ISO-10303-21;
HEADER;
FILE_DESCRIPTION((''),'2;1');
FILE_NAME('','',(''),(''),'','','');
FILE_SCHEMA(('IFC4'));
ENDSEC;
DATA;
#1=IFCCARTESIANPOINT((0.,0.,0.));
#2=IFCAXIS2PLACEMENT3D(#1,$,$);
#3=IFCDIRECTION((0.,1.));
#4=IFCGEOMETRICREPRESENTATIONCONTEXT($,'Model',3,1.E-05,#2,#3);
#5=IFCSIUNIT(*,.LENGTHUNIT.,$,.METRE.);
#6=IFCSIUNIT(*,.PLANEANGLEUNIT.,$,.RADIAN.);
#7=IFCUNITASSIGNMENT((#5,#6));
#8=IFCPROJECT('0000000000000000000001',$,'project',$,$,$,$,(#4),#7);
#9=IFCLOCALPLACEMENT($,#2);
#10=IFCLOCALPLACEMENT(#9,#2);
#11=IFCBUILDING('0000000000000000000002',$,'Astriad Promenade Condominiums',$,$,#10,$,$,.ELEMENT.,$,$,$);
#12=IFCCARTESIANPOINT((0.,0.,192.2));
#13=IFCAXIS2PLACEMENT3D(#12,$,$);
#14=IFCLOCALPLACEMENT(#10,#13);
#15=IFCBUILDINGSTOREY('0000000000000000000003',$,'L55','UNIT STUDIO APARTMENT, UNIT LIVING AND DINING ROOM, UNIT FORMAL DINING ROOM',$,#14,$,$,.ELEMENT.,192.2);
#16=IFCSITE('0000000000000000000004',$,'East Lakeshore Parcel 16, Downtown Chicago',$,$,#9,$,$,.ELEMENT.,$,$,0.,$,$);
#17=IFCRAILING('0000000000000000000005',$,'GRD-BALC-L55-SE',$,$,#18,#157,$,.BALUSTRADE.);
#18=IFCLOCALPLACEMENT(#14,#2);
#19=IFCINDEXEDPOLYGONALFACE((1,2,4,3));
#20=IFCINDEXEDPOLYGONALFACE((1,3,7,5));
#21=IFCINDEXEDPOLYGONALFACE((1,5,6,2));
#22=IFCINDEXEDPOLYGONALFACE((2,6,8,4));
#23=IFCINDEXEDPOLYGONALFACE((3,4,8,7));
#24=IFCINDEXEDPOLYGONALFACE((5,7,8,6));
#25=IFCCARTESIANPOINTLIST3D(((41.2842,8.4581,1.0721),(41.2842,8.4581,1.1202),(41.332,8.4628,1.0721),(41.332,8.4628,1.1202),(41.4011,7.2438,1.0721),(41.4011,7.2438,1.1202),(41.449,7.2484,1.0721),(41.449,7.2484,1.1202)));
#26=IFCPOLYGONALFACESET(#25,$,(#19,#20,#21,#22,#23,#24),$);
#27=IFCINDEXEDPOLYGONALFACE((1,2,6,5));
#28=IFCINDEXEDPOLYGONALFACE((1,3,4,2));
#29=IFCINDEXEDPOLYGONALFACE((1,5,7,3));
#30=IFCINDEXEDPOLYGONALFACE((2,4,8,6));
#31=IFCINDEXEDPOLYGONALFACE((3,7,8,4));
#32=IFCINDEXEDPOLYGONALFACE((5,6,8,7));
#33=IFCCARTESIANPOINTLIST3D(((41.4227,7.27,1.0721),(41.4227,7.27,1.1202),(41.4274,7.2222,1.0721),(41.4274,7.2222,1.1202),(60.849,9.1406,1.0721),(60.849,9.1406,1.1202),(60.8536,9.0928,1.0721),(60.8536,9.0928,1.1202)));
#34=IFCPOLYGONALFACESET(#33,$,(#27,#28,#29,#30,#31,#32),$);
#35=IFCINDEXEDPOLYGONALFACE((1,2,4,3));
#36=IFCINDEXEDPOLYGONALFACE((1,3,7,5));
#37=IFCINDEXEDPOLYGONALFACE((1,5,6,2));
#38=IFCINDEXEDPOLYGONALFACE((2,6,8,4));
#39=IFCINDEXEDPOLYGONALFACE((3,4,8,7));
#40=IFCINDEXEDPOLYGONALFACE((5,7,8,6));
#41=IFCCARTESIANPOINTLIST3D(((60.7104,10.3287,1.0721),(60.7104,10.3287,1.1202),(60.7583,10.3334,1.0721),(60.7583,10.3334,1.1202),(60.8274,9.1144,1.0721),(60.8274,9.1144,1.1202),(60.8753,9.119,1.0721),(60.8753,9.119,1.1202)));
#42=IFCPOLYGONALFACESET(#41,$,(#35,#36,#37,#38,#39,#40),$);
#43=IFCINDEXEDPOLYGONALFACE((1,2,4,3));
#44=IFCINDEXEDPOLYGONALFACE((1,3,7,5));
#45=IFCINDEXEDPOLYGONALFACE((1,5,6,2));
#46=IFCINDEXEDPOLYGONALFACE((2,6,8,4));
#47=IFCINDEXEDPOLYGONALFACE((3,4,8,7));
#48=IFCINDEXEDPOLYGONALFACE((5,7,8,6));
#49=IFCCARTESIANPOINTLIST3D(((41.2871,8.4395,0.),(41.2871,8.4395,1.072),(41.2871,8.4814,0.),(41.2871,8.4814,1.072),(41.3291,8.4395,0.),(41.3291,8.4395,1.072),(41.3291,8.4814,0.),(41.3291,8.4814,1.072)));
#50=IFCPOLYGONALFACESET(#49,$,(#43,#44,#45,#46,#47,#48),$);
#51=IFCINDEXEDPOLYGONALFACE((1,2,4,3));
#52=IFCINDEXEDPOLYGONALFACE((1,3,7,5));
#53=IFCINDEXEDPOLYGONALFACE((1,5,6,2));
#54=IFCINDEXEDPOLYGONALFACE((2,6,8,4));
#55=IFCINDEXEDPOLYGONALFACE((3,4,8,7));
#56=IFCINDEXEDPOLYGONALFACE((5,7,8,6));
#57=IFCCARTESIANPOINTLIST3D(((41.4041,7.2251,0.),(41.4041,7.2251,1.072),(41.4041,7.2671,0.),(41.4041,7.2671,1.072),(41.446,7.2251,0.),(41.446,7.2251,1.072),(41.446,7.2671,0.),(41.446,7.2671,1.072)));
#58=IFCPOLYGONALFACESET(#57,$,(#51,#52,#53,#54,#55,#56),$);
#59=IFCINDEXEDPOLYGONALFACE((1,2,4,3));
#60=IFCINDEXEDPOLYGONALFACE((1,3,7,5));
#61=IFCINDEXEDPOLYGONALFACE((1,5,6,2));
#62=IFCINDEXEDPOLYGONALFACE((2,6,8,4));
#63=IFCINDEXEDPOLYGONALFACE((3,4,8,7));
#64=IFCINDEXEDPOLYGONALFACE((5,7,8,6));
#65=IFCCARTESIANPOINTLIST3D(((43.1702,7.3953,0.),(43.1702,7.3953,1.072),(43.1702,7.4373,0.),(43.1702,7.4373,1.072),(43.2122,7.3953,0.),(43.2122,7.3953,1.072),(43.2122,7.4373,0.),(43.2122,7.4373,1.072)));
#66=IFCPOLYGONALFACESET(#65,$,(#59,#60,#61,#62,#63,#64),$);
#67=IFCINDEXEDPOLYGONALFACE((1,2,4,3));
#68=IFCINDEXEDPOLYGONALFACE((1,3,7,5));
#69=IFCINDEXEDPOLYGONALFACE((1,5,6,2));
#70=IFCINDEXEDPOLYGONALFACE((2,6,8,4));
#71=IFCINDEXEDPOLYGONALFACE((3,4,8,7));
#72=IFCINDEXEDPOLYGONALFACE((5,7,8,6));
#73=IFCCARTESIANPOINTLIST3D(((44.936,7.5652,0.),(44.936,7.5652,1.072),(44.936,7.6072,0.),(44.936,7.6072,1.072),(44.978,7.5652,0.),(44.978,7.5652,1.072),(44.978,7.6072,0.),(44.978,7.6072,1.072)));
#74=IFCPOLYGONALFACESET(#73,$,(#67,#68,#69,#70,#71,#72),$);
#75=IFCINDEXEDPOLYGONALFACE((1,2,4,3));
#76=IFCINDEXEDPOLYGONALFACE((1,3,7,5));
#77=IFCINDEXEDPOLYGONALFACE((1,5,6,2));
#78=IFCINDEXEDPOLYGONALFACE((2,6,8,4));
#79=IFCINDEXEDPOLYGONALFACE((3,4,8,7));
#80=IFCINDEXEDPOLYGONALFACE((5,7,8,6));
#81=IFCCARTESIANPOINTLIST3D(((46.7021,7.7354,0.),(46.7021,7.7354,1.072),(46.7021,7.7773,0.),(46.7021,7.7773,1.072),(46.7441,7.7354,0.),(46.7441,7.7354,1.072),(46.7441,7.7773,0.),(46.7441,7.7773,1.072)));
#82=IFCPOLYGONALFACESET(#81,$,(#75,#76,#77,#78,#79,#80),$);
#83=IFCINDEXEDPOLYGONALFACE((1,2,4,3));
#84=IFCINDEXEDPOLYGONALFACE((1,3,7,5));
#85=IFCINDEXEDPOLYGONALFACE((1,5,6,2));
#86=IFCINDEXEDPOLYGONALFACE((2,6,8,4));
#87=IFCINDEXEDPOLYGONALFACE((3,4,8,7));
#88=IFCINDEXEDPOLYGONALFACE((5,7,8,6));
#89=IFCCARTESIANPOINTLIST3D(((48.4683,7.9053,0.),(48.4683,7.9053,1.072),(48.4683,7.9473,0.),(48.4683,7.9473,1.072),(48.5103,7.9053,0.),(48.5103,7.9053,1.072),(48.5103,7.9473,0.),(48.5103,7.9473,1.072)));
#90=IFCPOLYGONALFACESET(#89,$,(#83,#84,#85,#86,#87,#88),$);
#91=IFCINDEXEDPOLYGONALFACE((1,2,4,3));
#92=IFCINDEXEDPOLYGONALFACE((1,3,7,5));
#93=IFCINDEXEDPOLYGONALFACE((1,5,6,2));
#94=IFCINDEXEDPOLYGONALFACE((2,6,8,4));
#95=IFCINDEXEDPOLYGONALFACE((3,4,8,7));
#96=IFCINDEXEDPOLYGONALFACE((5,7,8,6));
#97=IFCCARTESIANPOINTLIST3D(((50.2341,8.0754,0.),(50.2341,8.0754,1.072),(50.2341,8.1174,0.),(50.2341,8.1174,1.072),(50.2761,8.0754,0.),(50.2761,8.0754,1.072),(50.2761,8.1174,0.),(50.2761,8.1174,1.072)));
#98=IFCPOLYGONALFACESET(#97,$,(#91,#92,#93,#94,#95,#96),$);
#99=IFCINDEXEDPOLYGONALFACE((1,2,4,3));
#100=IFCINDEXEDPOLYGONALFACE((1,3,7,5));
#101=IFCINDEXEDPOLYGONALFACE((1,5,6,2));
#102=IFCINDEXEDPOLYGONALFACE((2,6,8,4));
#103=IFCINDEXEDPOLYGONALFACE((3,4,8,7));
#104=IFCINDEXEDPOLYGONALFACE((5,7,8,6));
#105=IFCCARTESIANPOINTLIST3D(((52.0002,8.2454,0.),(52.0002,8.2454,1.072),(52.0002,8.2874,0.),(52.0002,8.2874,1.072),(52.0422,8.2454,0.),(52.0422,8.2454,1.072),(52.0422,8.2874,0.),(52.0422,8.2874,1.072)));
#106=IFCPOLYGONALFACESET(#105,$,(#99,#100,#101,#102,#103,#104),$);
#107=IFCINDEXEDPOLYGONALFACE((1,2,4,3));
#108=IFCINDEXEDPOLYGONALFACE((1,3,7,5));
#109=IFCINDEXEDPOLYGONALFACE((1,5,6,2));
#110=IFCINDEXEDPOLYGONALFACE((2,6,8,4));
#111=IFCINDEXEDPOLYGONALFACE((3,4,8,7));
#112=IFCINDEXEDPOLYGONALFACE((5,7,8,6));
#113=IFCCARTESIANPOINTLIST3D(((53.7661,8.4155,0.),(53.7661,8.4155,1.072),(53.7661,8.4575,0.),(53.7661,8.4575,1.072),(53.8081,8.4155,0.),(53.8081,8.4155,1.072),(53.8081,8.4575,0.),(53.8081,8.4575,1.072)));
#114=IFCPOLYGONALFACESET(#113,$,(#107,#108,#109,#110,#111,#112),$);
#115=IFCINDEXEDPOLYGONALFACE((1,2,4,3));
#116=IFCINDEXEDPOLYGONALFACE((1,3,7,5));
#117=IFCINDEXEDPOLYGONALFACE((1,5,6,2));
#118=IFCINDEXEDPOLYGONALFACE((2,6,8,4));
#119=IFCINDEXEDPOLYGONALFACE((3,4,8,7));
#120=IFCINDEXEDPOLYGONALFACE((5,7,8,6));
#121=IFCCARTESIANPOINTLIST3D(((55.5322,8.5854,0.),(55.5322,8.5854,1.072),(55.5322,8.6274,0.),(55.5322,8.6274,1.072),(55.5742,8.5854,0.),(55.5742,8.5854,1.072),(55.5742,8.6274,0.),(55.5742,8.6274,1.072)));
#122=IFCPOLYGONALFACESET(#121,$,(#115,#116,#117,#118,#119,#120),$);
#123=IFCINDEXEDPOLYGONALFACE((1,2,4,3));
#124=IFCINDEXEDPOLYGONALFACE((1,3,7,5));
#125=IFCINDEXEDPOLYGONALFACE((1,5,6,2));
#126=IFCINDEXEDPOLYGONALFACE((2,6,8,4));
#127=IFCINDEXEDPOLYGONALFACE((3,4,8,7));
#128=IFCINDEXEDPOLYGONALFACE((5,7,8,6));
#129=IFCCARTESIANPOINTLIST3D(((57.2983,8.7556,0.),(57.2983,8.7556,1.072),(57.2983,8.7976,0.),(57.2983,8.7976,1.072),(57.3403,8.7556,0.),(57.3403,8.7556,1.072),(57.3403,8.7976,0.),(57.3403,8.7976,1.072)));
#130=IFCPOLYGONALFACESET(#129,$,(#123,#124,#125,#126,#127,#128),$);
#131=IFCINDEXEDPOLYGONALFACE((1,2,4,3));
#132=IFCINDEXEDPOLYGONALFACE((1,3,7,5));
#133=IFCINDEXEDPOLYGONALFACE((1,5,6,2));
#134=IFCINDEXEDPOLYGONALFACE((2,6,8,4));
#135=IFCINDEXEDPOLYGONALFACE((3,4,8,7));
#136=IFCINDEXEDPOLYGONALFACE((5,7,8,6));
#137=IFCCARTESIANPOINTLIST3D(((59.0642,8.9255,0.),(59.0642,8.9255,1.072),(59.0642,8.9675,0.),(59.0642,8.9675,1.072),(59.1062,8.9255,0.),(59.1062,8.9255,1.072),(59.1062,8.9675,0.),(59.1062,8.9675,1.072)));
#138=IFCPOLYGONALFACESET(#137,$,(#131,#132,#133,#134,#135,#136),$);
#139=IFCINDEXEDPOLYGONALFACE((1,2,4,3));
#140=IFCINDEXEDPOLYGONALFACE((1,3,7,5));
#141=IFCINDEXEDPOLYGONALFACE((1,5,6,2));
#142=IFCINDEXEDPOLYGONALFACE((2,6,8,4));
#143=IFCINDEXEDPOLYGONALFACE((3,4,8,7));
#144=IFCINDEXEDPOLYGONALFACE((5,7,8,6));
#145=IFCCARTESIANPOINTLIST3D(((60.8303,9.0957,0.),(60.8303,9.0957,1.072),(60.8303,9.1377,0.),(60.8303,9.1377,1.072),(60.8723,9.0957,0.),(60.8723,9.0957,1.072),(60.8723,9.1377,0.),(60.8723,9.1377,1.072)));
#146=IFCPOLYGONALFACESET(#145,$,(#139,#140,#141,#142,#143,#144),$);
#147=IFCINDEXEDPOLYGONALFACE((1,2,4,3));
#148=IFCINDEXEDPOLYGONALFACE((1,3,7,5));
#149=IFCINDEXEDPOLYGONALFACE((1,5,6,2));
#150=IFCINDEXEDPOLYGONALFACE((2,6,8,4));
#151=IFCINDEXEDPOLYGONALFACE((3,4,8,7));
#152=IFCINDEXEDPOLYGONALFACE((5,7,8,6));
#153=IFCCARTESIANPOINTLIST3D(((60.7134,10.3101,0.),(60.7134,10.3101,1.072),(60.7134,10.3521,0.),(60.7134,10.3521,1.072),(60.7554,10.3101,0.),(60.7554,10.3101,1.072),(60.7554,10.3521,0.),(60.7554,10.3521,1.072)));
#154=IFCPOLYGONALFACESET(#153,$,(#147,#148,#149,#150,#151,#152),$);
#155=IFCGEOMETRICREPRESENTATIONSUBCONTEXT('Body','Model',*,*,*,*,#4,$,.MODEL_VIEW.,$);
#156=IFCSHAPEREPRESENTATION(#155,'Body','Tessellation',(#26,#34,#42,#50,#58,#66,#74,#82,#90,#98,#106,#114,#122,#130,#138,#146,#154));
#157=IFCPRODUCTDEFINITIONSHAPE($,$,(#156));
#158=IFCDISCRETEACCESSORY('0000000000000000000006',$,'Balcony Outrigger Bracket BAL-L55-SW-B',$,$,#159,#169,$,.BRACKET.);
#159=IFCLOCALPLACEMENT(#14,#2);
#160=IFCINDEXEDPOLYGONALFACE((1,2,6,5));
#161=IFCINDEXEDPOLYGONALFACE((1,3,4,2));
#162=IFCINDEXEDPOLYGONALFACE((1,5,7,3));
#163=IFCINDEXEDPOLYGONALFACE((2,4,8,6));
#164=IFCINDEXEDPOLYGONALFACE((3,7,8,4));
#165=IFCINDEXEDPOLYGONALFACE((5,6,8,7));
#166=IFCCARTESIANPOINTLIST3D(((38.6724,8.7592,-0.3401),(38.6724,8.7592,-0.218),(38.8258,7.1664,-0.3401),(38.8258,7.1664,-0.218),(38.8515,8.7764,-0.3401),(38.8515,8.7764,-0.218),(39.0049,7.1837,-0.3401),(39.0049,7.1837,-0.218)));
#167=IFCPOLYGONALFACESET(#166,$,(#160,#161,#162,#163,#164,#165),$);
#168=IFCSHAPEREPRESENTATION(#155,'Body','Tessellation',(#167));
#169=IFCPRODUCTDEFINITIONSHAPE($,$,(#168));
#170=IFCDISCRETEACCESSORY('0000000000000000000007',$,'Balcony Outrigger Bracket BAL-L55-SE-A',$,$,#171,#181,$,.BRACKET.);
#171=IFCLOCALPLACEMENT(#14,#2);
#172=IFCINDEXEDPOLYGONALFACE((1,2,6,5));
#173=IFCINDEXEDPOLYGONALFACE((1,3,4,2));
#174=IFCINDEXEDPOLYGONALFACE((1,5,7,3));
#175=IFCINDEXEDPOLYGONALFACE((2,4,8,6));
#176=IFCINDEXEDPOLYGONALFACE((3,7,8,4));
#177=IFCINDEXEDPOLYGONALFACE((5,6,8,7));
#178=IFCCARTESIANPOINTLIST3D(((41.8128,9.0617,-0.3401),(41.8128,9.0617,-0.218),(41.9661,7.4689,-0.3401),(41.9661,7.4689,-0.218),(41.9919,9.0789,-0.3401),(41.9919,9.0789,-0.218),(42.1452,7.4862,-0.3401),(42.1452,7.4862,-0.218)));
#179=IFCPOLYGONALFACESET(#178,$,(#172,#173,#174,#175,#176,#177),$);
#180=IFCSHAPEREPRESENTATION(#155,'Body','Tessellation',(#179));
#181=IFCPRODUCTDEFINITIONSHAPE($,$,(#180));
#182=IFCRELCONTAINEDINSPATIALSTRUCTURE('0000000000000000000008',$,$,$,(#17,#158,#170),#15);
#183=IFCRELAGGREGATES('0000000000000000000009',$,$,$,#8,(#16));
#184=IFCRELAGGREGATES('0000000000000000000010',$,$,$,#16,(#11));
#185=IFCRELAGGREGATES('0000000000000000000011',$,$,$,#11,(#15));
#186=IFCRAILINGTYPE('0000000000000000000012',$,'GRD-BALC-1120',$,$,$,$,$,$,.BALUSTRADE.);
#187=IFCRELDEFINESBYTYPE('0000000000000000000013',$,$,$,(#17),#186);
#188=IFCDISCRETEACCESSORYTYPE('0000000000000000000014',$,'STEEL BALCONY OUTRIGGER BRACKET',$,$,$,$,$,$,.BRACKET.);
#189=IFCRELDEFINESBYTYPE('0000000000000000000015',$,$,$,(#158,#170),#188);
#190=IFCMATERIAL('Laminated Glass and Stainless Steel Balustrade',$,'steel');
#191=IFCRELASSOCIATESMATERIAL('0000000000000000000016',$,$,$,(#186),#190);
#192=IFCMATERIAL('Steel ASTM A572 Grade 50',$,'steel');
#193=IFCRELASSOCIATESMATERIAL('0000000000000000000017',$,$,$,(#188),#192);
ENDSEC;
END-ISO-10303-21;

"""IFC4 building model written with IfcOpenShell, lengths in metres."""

from ifc_helpers import new_model, si_unit, direction, frame, origin, origin_2d, place, context, subcontext, project, spatial, rectangle, extrude, source, transform, mapped, material, type_object, type_shapes, element, save


model = new_model("IFC4")

# Units and contexts
model_context = context("Model", 3, precision=1e-05, world=origin(), true_north=direction((0.0, 1.0)))
body_context = subcontext(model_context, "Body", "Model", "MODEL_VIEW")
ifc_project = project(units=[si_unit("LENGTHUNIT", "METRE"), si_unit("PLANEANGLEUNIT", "RADIAN")], contexts=[model_context])

# Site, building, storey
site_placement = place(None, origin())
site = spatial("IfcSite", under=ifc_project, at=site_placement, Name="East Lakeshore Parcel 16, Downtown Chicago", CompositionType="ELEMENT", RefElevation=0.0)
building_placement = place(site_placement, origin())
building = spatial("IfcBuilding", under=site, at=building_placement, Name="Astriad Promenade Condominiums", CompositionType="ELEMENT")
storey_placement = place(building_placement, frame((0.0, 0.0, 192.2)))
storey = spatial("IfcBuildingStorey", under=building, at=storey_placement, Name="L55", Description="UNIT STUDIO APARTMENT, UNIT LIVING AND DINING ROOM, UNIT FORMAL DINING ROOM", CompositionType="ELEMENT", Elevation=192.2)

# Railing
ifc_material_1 = material(Name="Laminated Glass and Stainless Steel Balustrade", Category="steel")
railing_type = type_object("IfcRailingType", Name="GRD-BALC-1120", PredefinedType="BALUSTRADE", material=ifc_material_1)
shared_shape_1 = source(origin(), body_context, "Body", "SweptSolid", [
    extrude(rectangle(XDim=0.0481, YDim=0.0481, at=origin_2d()), frame((0.0, 0.0, 1.0962), z_axis=(0.095857, -0.995395, 0.0), x_axis=(0.995395, 0.095857, 0.0)), (0.0, 0.0, 1.0), 1.22),
    extrude(rectangle(XDim=0.0481, YDim=0.0481, at=origin_2d()), frame((0.1169, -1.2144, 1.0962), z_axis=(0.995396, 0.095849, 0.0), x_axis=(-0.095849, 0.995396, 0.0)), (0.0, 0.0, 1.0), 19.5161),
    extrude(rectangle(XDim=0.0481, YDim=0.0481, at=origin_2d()), frame((19.5432, 0.6562, 1.0962), z_axis=(-0.095857, 0.995395, 0.0), x_axis=(-0.995395, -0.095857, 0.0)), (0.0, 0.0, 1.0), 1.22),
    extrude(rectangle(XDim=0.042, YDim=0.042, at=origin_2d()), origin(), (0.0, 0.0, 1.0), 1.072),
    extrude(rectangle(XDim=0.042, YDim=0.042, at=origin_2d()), frame((0.1169, -1.2144, 0.0)), (0.0, 0.0, 1.0), 1.072),
    extrude(rectangle(XDim=0.042, YDim=0.042, at=origin_2d()), frame((1.8831, -1.0442, 0.0)), (0.0, 0.0, 1.0), 1.072),
    extrude(rectangle(XDim=0.042, YDim=0.042, at=origin_2d()), frame((3.6489, -0.8743, 0.0)), (0.0, 0.0, 1.0), 1.072),
    extrude(rectangle(XDim=0.042, YDim=0.042, at=origin_2d()), frame((5.415, -0.7041, 0.0)), (0.0, 0.0, 1.0), 1.072),
    extrude(rectangle(XDim=0.042, YDim=0.042, at=origin_2d()), frame((7.1812, -0.5342, 0.0)), (0.0, 0.0, 1.0), 1.072),
    extrude(rectangle(XDim=0.042, YDim=0.042, at=origin_2d()), frame((8.947, -0.364, 0.0)), (0.0, 0.0, 1.0), 1.072),
    extrude(rectangle(XDim=0.042, YDim=0.042, at=origin_2d()), frame((10.7131, -0.1941, 0.0)), (0.0, 0.0, 1.0), 1.072),
    extrude(rectangle(XDim=0.042, YDim=0.042, at=origin_2d()), frame((12.479, -0.0239, 0.0)), (0.0, 0.0, 1.0), 1.072),
    extrude(rectangle(XDim=0.042, YDim=0.042, at=origin_2d()), frame((14.2451, 0.146, 0.0)), (0.0, 0.0, 1.0), 1.072),
    extrude(rectangle(XDim=0.042, YDim=0.042, at=origin_2d()), frame((16.0112, 0.3162, 0.0)), (0.0, 0.0, 1.0), 1.072),
    extrude(rectangle(XDim=0.042, YDim=0.042, at=origin_2d()), frame((17.7771, 0.4861, 0.0)), (0.0, 0.0, 1.0), 1.072),
    extrude(rectangle(XDim=0.042, YDim=0.042, at=origin_2d()), frame((19.5432, 0.6562, 0.0)), (0.0, 0.0, 1.0), 1.072),
    extrude(rectangle(XDim=0.042, YDim=0.042, at=origin_2d()), frame((19.4263, 1.8706, 0.0)), (0.0, 0.0, 1.0), 1.072),
])
type_shapes(railing_type, [shared_shape_1])
railing_placement = place(storey_placement, frame((41.3081, 8.4604, 0.0)))
element("IfcRailing", 1, at=railing_placement, inside=storey, type_object=railing_type, Name="GRD-BALC-L55-SE", PredefinedType="BALUSTRADE", context=body_context, shape_type="MappedRepresentation", body=[
    mapped(shared_shape_1, transform((0.0, 0.0, 0.0), scale=1.0)),
])

# Discrete accessories
ifc_material_2 = material(Name="Steel ASTM A572 Grade 50", Category="steel")
discrete_accessory_type = type_object("IfcDiscreteAccessoryType", Name="STEEL BALCONY OUTRIGGER BRACKET", PredefinedType="BRACKET", material=ifc_material_2)
shared_shape_2 = source(origin(), body_context, "Body", "SweptSolid", [
    extrude(rectangle(XDim=1.6001, YDim=0.1799, at=origin_2d()), origin(), (0.0, 0.0, 1.0), 0.1221),
])
type_shapes(discrete_accessory_type, [shared_shape_2])
for number, where, z_axis, x_axis, name in (
    (2, (38.8386, 7.9714, -0.3401), (0.0, 0.0, 1.0), (0.095846, -0.995396, 0.0), "Balcony Outrigger Bracket BAL-L55-SW-B"),
    (3, (41.979, 8.2739, -0.3401), (0.0, 0.0, 1.0), (0.095846, -0.995396, 0.0), "Balcony Outrigger Bracket BAL-L55-SE-A"),
):
    element("IfcDiscreteAccessory", number, at=place(storey_placement, frame(where, z_axis=z_axis, x_axis=x_axis)), inside=storey, type_object=discrete_accessory_type, Name=name, PredefinedType="BRACKET", context=body_context, shape_type="MappedRepresentation", body=[
        mapped(shared_shape_2, transform((0.0, 0.0, 0.0), scale=1.0)),
    ])

save(model, "model.ifc")
